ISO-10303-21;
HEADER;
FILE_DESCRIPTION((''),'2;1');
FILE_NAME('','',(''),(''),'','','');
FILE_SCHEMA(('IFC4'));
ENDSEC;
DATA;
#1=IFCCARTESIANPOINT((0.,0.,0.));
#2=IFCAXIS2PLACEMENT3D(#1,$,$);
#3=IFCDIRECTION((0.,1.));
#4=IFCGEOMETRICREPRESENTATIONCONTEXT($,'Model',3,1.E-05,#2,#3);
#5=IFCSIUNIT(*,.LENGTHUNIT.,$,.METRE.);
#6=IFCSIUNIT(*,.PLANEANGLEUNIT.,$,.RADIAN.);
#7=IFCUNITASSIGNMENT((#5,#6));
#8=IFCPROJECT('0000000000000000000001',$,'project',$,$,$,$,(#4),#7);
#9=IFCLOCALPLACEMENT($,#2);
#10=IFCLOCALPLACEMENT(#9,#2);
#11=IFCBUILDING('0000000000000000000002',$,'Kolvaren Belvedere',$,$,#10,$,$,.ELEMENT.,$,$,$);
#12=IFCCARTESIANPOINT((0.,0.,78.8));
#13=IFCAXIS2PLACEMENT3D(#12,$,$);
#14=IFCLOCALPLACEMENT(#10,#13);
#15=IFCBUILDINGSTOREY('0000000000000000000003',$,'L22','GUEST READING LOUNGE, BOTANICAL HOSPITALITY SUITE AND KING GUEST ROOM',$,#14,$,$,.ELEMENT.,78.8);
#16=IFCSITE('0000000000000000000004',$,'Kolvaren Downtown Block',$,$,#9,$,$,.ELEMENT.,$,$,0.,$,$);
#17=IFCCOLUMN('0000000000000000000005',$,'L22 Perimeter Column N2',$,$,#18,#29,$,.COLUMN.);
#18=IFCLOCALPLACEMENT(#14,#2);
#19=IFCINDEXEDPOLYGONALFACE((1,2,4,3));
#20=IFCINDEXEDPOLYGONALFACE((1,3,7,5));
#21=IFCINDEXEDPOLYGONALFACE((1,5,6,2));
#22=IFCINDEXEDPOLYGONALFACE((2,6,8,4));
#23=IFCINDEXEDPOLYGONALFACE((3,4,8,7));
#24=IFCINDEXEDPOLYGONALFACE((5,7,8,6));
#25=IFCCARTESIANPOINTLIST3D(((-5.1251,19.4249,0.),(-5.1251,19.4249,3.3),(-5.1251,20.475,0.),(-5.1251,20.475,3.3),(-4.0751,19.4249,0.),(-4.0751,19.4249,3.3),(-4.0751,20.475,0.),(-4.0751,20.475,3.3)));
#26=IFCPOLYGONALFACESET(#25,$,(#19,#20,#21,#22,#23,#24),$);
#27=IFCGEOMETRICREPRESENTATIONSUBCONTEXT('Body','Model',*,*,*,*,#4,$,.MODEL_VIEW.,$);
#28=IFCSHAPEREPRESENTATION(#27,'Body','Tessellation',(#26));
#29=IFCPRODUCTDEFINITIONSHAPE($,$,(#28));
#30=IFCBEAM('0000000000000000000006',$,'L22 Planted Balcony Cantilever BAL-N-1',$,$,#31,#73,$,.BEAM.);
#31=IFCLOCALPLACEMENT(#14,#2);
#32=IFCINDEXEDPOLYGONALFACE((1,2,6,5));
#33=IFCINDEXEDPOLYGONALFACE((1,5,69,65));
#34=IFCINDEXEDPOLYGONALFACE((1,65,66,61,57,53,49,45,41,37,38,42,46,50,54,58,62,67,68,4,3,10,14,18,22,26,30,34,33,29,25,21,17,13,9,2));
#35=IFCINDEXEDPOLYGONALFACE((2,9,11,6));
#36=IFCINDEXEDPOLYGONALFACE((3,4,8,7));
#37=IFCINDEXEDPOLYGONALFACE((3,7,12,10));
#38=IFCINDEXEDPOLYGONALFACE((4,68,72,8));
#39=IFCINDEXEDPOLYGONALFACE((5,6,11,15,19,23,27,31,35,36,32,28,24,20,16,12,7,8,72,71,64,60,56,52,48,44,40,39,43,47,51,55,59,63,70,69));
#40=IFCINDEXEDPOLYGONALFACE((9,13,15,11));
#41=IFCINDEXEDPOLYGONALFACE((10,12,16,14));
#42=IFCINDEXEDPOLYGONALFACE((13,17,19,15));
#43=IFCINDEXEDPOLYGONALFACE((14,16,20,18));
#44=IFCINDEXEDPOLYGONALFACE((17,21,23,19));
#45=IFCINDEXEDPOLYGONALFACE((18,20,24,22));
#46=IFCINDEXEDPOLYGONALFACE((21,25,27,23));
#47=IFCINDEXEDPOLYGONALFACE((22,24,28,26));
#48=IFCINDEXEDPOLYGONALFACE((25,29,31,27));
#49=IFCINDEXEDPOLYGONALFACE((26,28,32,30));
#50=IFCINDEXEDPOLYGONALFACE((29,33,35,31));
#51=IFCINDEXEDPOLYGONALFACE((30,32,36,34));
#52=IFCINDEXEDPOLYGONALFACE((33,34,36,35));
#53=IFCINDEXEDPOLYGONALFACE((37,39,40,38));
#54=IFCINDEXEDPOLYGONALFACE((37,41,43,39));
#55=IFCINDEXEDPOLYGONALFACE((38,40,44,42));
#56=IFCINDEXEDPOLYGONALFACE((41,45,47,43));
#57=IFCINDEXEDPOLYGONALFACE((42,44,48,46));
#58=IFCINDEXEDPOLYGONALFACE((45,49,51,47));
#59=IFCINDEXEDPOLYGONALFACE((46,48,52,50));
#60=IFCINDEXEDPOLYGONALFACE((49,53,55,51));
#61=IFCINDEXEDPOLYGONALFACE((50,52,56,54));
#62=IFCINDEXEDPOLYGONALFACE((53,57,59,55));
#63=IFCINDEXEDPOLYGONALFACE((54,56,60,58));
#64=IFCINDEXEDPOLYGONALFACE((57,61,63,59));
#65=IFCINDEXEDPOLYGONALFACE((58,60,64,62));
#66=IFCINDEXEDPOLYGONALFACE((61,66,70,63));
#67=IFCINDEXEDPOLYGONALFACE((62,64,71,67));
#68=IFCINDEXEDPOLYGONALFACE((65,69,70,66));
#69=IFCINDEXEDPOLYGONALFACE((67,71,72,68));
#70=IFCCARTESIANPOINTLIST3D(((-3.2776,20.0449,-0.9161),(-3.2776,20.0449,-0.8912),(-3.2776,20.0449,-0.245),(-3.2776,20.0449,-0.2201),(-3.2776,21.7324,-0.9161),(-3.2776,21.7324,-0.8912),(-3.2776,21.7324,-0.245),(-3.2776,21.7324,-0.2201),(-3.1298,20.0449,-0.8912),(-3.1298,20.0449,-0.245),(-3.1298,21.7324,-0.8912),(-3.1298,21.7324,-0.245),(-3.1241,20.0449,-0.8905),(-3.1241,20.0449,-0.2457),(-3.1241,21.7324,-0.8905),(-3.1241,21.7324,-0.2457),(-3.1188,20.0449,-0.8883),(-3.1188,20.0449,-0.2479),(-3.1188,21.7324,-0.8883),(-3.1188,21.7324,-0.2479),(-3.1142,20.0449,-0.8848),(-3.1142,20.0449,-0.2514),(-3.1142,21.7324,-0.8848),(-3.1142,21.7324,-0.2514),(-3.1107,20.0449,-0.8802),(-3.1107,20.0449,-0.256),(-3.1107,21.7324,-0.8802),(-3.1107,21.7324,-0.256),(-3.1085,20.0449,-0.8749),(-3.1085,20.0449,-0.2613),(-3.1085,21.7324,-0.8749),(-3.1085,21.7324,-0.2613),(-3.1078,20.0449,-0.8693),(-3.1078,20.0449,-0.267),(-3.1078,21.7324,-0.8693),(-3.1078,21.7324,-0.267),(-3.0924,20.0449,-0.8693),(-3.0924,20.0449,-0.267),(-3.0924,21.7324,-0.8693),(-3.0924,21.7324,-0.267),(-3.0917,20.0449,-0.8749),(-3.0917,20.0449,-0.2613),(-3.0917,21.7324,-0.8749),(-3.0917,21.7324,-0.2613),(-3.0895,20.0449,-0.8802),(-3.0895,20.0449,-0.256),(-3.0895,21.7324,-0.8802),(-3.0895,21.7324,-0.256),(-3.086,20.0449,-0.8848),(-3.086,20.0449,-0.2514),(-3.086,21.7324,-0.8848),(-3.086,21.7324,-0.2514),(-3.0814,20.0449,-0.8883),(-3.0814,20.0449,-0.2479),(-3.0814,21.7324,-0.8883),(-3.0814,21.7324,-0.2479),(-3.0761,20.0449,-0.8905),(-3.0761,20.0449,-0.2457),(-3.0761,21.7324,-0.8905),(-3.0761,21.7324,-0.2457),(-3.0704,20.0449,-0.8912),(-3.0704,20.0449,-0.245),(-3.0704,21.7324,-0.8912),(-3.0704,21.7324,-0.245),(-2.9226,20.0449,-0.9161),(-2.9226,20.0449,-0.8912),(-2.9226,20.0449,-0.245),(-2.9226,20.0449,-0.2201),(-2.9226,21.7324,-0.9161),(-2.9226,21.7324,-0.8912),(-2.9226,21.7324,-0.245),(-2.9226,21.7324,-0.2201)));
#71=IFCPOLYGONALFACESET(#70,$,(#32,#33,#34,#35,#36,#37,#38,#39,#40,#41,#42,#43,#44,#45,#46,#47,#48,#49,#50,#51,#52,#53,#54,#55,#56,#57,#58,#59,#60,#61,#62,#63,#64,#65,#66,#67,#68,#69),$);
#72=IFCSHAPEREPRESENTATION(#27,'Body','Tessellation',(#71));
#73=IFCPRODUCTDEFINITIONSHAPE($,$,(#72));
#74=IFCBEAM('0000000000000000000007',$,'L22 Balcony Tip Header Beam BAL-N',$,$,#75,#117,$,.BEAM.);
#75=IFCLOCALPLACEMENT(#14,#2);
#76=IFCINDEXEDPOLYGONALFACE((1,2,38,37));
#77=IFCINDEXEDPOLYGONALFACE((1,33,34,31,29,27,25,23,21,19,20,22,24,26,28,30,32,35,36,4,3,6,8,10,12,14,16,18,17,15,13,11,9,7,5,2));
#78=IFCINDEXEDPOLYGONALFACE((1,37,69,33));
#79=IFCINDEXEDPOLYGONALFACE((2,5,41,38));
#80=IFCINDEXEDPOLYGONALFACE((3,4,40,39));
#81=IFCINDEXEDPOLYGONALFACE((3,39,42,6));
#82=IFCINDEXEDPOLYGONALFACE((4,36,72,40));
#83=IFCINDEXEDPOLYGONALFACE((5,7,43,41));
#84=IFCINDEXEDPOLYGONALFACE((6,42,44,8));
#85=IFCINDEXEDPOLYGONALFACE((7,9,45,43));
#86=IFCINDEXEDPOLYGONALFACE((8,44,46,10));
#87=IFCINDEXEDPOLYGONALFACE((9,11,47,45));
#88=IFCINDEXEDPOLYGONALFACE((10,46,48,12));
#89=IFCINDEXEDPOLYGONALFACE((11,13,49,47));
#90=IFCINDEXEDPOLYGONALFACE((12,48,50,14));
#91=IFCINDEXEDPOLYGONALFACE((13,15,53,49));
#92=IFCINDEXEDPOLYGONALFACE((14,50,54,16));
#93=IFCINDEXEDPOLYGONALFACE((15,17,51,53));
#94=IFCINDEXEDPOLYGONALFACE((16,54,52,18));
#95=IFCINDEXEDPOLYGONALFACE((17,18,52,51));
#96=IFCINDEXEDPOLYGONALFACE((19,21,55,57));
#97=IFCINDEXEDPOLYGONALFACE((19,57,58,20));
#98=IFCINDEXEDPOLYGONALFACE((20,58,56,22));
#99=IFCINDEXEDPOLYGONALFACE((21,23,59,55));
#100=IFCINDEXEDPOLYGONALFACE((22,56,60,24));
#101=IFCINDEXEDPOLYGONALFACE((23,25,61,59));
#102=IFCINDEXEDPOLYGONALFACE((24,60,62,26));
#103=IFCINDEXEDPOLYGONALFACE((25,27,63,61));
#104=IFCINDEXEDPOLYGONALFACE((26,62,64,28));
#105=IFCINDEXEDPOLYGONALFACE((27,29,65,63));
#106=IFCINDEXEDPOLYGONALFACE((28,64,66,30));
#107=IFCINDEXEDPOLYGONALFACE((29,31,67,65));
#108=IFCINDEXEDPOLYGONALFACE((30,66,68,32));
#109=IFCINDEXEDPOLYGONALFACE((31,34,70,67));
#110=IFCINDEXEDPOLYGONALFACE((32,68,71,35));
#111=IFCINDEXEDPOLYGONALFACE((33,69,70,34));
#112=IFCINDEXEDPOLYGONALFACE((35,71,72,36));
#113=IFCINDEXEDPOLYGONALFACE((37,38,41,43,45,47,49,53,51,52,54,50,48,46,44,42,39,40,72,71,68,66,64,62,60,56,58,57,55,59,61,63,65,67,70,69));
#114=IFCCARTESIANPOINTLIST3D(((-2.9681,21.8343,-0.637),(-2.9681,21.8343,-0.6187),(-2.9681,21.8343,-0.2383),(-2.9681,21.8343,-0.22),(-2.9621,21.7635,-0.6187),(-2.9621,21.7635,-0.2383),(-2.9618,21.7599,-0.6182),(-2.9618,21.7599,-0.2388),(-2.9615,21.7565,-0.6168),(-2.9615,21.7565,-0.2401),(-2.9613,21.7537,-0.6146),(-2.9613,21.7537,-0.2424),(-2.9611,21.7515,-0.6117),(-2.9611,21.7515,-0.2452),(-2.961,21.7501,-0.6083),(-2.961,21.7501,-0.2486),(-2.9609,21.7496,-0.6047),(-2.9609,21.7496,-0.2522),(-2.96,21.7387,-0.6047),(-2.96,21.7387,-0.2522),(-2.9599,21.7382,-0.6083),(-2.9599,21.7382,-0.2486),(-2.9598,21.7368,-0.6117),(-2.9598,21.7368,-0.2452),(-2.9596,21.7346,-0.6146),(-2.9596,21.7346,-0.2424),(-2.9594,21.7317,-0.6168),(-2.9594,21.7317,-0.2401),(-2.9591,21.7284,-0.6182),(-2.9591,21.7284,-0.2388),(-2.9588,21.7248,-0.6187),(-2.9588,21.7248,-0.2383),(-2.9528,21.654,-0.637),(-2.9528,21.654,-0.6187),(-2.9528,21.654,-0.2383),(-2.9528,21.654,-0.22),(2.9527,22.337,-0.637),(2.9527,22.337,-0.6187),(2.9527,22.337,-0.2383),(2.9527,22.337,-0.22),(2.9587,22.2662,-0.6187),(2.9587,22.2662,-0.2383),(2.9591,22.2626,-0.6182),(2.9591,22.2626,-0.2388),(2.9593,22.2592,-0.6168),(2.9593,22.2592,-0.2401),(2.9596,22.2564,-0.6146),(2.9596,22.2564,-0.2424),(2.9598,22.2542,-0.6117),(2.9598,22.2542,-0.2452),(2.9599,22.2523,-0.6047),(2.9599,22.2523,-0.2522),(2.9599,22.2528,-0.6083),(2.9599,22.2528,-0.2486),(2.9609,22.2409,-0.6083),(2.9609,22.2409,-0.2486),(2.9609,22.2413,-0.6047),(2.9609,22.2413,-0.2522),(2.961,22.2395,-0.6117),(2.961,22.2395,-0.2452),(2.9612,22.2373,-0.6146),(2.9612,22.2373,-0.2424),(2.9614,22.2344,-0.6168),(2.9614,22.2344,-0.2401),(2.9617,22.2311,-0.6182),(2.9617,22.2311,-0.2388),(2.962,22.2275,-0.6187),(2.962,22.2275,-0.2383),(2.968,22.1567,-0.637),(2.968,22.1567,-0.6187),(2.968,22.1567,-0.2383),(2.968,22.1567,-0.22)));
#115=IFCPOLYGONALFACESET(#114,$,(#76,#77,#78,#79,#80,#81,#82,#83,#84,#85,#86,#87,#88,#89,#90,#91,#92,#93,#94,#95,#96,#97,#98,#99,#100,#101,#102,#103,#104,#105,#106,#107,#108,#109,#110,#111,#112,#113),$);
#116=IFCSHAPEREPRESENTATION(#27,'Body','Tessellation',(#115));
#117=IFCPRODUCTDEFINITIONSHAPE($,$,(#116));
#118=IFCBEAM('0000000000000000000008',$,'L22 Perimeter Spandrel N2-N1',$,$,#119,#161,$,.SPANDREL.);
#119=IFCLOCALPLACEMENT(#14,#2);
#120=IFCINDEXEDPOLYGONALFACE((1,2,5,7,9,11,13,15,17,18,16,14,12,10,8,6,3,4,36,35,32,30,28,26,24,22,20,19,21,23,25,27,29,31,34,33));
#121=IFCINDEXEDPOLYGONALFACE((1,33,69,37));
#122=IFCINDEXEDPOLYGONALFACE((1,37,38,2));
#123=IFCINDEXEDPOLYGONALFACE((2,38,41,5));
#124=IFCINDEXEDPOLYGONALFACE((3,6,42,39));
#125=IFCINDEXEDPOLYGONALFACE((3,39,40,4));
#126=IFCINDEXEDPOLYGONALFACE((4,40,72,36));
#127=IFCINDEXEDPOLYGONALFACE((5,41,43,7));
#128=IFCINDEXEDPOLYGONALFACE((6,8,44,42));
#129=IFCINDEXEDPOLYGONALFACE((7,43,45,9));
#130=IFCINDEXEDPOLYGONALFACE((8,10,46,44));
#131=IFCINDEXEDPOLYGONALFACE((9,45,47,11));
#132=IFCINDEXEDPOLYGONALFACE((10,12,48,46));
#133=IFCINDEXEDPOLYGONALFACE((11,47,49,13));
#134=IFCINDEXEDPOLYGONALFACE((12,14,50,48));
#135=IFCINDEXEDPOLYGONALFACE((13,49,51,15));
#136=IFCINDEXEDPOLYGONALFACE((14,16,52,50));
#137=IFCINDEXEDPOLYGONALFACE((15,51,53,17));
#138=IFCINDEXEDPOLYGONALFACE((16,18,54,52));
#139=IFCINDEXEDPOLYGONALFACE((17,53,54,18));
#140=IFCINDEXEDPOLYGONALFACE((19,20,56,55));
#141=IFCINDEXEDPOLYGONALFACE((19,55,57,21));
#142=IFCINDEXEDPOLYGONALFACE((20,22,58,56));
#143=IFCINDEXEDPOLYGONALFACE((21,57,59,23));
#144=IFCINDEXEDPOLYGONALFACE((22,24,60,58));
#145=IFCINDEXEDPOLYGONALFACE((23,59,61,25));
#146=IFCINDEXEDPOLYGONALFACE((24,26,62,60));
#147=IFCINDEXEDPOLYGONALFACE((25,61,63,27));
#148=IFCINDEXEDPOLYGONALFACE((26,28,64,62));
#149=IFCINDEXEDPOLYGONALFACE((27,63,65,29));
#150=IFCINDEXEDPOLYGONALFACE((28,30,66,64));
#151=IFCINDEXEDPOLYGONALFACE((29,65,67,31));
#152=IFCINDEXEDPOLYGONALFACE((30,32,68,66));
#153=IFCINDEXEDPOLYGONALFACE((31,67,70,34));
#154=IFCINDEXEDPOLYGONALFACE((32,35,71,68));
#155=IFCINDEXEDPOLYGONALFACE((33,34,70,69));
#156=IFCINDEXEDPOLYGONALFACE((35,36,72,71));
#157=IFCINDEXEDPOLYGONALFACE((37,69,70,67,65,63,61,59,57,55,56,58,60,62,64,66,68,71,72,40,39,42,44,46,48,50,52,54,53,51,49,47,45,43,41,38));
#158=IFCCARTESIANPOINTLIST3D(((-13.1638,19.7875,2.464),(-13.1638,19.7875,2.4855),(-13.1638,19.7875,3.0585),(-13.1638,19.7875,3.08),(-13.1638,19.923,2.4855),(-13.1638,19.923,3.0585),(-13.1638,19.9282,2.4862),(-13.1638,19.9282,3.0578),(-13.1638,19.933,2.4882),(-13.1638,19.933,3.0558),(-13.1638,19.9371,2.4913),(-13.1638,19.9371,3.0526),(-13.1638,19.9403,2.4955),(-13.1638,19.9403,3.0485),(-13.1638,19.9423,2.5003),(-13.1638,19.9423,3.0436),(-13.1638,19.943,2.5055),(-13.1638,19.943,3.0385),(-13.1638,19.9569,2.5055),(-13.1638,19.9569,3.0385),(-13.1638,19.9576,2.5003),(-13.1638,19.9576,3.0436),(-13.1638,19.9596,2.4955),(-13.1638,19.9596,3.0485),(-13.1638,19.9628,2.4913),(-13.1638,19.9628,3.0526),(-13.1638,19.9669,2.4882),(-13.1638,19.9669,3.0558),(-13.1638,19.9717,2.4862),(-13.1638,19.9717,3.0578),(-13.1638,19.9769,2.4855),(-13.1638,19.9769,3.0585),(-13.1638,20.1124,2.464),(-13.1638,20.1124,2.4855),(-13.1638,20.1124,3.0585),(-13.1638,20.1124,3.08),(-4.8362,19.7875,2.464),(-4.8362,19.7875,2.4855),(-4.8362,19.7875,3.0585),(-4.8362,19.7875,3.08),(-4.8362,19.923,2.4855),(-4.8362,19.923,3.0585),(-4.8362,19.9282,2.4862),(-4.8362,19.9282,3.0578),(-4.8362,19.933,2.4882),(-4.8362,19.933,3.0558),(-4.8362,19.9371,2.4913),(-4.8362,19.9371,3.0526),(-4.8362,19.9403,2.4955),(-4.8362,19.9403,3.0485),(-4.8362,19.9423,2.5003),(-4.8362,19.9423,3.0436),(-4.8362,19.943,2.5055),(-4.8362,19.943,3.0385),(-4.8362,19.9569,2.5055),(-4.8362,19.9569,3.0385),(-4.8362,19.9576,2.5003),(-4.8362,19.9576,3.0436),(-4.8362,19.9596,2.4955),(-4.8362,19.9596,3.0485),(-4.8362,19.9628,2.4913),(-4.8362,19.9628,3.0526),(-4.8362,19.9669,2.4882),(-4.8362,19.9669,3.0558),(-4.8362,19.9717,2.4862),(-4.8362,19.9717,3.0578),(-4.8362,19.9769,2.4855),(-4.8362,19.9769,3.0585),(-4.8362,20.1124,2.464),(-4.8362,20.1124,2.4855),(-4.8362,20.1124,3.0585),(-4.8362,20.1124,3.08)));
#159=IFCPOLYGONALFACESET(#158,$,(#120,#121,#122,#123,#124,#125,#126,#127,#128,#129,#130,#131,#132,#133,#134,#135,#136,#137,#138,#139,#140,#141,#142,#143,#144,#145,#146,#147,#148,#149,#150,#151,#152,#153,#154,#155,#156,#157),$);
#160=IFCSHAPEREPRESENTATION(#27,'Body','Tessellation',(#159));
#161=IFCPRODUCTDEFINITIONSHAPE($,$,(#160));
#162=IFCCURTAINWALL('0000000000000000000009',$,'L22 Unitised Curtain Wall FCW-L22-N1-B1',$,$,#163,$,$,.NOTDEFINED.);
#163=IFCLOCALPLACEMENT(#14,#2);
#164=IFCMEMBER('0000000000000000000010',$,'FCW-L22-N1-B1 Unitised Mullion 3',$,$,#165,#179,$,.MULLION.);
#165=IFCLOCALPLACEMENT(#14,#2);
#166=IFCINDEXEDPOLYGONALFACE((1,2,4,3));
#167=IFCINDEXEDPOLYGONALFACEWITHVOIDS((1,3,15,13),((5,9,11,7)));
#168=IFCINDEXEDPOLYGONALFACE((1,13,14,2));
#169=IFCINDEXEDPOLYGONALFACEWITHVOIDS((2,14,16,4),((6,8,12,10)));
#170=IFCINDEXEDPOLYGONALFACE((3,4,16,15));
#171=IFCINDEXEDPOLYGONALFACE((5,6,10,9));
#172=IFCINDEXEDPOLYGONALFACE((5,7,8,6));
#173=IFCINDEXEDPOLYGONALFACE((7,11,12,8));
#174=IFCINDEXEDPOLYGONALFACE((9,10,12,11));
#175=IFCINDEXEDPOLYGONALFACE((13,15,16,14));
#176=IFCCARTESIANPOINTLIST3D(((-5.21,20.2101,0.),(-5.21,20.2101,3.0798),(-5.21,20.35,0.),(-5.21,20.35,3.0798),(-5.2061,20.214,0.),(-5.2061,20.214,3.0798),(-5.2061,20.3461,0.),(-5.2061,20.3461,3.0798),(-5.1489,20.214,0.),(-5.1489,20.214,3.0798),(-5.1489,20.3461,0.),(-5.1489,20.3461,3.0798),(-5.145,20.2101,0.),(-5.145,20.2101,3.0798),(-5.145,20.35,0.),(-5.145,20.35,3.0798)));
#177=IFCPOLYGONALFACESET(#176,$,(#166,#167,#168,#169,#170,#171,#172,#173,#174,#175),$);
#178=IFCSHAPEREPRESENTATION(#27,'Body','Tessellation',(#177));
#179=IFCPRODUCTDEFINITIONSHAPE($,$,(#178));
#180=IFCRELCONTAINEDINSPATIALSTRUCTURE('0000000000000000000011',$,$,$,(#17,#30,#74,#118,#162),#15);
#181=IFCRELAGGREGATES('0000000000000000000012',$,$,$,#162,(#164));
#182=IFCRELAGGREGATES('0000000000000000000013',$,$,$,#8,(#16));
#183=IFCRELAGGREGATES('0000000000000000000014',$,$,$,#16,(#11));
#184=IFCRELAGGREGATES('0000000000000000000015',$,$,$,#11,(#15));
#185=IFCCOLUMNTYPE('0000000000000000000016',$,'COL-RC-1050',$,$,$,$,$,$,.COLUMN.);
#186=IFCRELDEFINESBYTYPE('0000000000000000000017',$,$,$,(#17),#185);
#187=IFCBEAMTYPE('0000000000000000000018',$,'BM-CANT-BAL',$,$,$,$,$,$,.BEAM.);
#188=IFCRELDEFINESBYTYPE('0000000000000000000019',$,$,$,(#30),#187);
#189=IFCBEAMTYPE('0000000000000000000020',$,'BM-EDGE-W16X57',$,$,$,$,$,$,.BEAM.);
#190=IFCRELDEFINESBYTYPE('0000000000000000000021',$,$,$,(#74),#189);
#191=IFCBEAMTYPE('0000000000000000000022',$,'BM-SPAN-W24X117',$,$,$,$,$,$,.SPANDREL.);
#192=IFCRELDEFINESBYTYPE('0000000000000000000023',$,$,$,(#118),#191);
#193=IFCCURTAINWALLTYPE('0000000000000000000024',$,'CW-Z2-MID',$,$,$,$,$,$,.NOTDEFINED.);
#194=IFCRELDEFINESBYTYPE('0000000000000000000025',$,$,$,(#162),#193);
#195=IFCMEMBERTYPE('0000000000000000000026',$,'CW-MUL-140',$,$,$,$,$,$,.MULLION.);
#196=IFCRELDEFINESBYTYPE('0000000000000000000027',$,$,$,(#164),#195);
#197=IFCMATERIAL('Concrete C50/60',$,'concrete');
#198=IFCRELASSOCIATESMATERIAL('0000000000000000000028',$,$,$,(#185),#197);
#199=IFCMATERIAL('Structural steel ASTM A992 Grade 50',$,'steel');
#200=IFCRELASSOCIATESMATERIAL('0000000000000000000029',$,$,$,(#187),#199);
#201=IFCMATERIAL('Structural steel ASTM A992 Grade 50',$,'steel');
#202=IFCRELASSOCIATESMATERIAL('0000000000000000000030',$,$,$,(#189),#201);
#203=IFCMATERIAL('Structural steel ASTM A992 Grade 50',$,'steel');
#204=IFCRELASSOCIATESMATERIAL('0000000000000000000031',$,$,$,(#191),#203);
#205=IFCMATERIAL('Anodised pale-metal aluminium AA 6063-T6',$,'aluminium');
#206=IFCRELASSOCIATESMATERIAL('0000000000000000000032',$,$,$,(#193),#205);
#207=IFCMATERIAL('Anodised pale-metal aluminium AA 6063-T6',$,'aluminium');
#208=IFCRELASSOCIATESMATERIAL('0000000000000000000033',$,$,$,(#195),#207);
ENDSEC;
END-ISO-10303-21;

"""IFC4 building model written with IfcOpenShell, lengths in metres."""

from ifc_helpers import new_model, si_unit, direction, frame, origin, origin_2d, place, context, subcontext, project, spatial, rectangle, hollow_rectangle, i_section, extrude, material, material_profile, profile_set, type_object, element, aggregate, save


model = new_model("IFC4")

# Units and contexts
model_context = context("Model", 3, precision=1e-05, world=origin(), true_north=direction((0.0, 1.0)))
body_context = subcontext(model_context, "Body", "Model", "MODEL_VIEW")
ifc_project = project(units=[si_unit("LENGTHUNIT", "METRE"), si_unit("PLANEANGLEUNIT", "RADIAN")], contexts=[model_context])

# Site, building, storey
site_placement = place(None, origin())
site = spatial("IfcSite", under=ifc_project, at=site_placement, Name="Kolvaren Downtown Block", CompositionType="ELEMENT", RefElevation=0.0)
building_placement = place(site_placement, origin())
building = spatial("IfcBuilding", under=site, at=building_placement, Name="Kolvaren Belvedere", CompositionType="ELEMENT")
storey_placement = place(building_placement, frame((0.0, 0.0, 78.8)))
storey = spatial("IfcBuildingStorey", under=building, at=storey_placement, Name="L22", Description="GUEST READING LOUNGE, BOTANICAL HOSPITALITY SUITE AND KING GUEST ROOM", CompositionType="ELEMENT", Elevation=78.8)

# Column
ifc_material_1 = material(Name="Concrete C50/60", Category="concrete")
ifc_material_profile_1 = material_profile(ifc_material_1, rectangle(XDim=1.05, YDim=1.05, at=origin_2d()), Name="RC 1050X1050")
ifc_profile_set_1 = profile_set([ifc_material_profile_1], Name="Concrete C50/60")
column_type = type_object("IfcColumnType", Name="COL-RC-1050", PredefinedType="COLUMN", material=ifc_profile_set_1)
column_placement = place(storey_placement, frame((-4.6001, 19.95, 0.0), z_axis=(0.0, 0.0, 1.0), x_axis=(1.0, 0.0, 0.0)))
element("IfcColumn", 1, at=column_placement, inside=storey, type_object=column_type, Name="L22 Perimeter Column N2", PredefinedType="COLUMN", context=body_context, shape_type="SweptSolid", body=[
    extrude(rectangle(XDim=1.05, YDim=1.05, at=origin_2d()), origin(), (0.0, 0.0, 1.0), 3.3),
])

# Beams
ifc_material_2 = material(Name="Structural steel ASTM A992 Grade 50", Category="steel")
ifc_material_profile_2 = material_profile(ifc_material_2, i_section(OverallWidth=0.355, OverallDepth=0.696, WebThickness=0.0154, FlangeThickness=0.0249, FilletRadius=0.022, at=origin_2d()), Name="W27X146")
ifc_profile_set_2 = profile_set([ifc_material_profile_2], Name="Structural steel ASTM A992 Grade 50")
beam_type_1 = type_object("IfcBeamType", Name="BM-CANT-BAL", PredefinedType="BEAM", material=ifc_profile_set_2)
beam_1_placement = place(storey_placement, frame((-3.1001, 20.0449, -0.5681), z_axis=(0.0, 1.0, 0.0), x_axis=(-1.0, 0.0, 0.0)))
element("IfcBeam", 2, at=beam_1_placement, inside=storey, type_object=beam_type_1, Name="L22 Planted Balcony Cantilever BAL-N-1", PredefinedType="BEAM", context=body_context, shape_type="SweptSolid", body=[
    extrude(i_section(OverallWidth=0.355, OverallDepth=0.696, WebThickness=0.0154, FlangeThickness=0.0249, FilletRadius=0.022, at=origin_2d()), origin(), (0.0, 0.0, 1.0), 1.6875),
])
ifc_material_3 = material(Name="Structural steel ASTM A992 Grade 50", Category="steel")
ifc_material_profile_3 = material_profile(ifc_material_3, i_section(OverallWidth=0.1809, OverallDepth=0.417, WebThickness=0.011, FlangeThickness=0.0183, FilletRadius=0.0139, at=origin_2d()), Name="W16X57")
ifc_profile_set_3 = profile_set([ifc_material_profile_3], Name="Structural steel ASTM A992 Grade 50")
beam_type_2 = type_object("IfcBeamType", Name="BM-EDGE-W16X57", PredefinedType="BEAM", material=ifc_profile_set_3)
beam_2_placement = place(storey_placement, frame((-2.9604, 21.7441, -0.4285), z_axis=(0.996415, 0.084596, 0.0), x_axis=(-0.084596, 0.996415, 0.0)))
element("IfcBeam", 3, at=beam_2_placement, inside=storey, type_object=beam_type_2, Name="L22 Balcony Tip Header Beam BAL-N", PredefinedType="BEAM", context=body_context, shape_type="SweptSolid", body=[
    extrude(i_section(OverallWidth=0.1809, OverallDepth=0.417, WebThickness=0.011, FlangeThickness=0.0183, FilletRadius=0.0139, at=origin_2d()), origin(), (0.0, 0.0, 1.0), 5.9421),
])
ifc_material_4 = material(Name="Structural steel ASTM A992 Grade 50", Category="steel")
ifc_material_profile_4 = material_profile(ifc_material_4, i_section(OverallWidth=0.325, OverallDepth=0.616, WebThickness=0.0139, FlangeThickness=0.0215, FilletRadius=0.02, at=origin_2d()), Name="W24X117")
ifc_profile_set_4 = profile_set([ifc_material_profile_4], Name="Structural steel ASTM A992 Grade 50")
beam_type_3 = type_object("IfcBeamType", Name="BM-SPAN-W24X117", PredefinedType="SPANDREL", material=ifc_profile_set_4)
beam_3_placement = place(storey_placement, frame((-4.8362, 19.95, 2.772), z_axis=(-1.0, 0.0, 0.0), x_axis=(0.0, -1.0, 0.0)))
element("IfcBeam", 4, at=beam_3_placement, inside=storey, type_object=beam_type_3, Name="L22 Perimeter Spandrel N2-N1", PredefinedType="SPANDREL", context=body_context, shape_type="SweptSolid", body=[
    extrude(i_section(OverallWidth=0.325, OverallDepth=0.616, WebThickness=0.0139, FlangeThickness=0.0215, FilletRadius=0.02, at=origin_2d()), origin(), (0.0, 0.0, 1.0), 8.3276),
])

# Curtain wall, member
ifc_material_5 = material(Name="Anodised pale-metal aluminium AA 6063-T6", Category="aluminium")
curtain_wall_type = type_object("IfcCurtainWallType", Name="CW-Z2-MID", PredefinedType="NOTDEFINED", material=ifc_material_5)
curtain_wall_1_placement = place(storey_placement, origin())
curtain_wall_1 = element("IfcCurtainWall", 5, at=curtain_wall_1_placement, inside=storey, type_object=curtain_wall_type, Name="L22 Unitised Curtain Wall FCW-L22-N1-B1", PredefinedType="NOTDEFINED")
ifc_material_6 = material(Name="Anodised pale-metal aluminium AA 6063-T6", Category="aluminium")
ifc_material_profile_5 = material_profile(ifc_material_6, hollow_rectangle(XDim=0.0649, YDim=0.1399, WallThickness=0.0039, at=origin_2d()), Name="ALU-MUL-140X65")
ifc_profile_set_5 = profile_set([ifc_material_profile_5], Name="Anodised pale-metal aluminium AA 6063-T6")
member_type_1 = type_object("IfcMemberType", Name="CW-MUL-140", PredefinedType="MULLION", material=ifc_profile_set_5)
member_1_placement = place(storey_placement, frame((-5.1775, 20.28, 0.0), z_axis=(0.0, 0.0, 1.0), x_axis=(1.0, 0.0, 0.0)))
member_1 = element("IfcMember", 6, at=member_1_placement, type_object=member_type_1, Name="FCW-L22-N1-B1 Unitised Mullion 3", PredefinedType="MULLION", context=body_context, shape_type="SweptSolid", body=[
    extrude(hollow_rectangle(XDim=0.0649, YDim=0.1399, WallThickness=0.0039, at=origin_2d()), origin(), (0.0, 0.0, 1.0), 3.0798),
])
aggregate(curtain_wall_1, [member_1])

save(model, "model.ifc")
